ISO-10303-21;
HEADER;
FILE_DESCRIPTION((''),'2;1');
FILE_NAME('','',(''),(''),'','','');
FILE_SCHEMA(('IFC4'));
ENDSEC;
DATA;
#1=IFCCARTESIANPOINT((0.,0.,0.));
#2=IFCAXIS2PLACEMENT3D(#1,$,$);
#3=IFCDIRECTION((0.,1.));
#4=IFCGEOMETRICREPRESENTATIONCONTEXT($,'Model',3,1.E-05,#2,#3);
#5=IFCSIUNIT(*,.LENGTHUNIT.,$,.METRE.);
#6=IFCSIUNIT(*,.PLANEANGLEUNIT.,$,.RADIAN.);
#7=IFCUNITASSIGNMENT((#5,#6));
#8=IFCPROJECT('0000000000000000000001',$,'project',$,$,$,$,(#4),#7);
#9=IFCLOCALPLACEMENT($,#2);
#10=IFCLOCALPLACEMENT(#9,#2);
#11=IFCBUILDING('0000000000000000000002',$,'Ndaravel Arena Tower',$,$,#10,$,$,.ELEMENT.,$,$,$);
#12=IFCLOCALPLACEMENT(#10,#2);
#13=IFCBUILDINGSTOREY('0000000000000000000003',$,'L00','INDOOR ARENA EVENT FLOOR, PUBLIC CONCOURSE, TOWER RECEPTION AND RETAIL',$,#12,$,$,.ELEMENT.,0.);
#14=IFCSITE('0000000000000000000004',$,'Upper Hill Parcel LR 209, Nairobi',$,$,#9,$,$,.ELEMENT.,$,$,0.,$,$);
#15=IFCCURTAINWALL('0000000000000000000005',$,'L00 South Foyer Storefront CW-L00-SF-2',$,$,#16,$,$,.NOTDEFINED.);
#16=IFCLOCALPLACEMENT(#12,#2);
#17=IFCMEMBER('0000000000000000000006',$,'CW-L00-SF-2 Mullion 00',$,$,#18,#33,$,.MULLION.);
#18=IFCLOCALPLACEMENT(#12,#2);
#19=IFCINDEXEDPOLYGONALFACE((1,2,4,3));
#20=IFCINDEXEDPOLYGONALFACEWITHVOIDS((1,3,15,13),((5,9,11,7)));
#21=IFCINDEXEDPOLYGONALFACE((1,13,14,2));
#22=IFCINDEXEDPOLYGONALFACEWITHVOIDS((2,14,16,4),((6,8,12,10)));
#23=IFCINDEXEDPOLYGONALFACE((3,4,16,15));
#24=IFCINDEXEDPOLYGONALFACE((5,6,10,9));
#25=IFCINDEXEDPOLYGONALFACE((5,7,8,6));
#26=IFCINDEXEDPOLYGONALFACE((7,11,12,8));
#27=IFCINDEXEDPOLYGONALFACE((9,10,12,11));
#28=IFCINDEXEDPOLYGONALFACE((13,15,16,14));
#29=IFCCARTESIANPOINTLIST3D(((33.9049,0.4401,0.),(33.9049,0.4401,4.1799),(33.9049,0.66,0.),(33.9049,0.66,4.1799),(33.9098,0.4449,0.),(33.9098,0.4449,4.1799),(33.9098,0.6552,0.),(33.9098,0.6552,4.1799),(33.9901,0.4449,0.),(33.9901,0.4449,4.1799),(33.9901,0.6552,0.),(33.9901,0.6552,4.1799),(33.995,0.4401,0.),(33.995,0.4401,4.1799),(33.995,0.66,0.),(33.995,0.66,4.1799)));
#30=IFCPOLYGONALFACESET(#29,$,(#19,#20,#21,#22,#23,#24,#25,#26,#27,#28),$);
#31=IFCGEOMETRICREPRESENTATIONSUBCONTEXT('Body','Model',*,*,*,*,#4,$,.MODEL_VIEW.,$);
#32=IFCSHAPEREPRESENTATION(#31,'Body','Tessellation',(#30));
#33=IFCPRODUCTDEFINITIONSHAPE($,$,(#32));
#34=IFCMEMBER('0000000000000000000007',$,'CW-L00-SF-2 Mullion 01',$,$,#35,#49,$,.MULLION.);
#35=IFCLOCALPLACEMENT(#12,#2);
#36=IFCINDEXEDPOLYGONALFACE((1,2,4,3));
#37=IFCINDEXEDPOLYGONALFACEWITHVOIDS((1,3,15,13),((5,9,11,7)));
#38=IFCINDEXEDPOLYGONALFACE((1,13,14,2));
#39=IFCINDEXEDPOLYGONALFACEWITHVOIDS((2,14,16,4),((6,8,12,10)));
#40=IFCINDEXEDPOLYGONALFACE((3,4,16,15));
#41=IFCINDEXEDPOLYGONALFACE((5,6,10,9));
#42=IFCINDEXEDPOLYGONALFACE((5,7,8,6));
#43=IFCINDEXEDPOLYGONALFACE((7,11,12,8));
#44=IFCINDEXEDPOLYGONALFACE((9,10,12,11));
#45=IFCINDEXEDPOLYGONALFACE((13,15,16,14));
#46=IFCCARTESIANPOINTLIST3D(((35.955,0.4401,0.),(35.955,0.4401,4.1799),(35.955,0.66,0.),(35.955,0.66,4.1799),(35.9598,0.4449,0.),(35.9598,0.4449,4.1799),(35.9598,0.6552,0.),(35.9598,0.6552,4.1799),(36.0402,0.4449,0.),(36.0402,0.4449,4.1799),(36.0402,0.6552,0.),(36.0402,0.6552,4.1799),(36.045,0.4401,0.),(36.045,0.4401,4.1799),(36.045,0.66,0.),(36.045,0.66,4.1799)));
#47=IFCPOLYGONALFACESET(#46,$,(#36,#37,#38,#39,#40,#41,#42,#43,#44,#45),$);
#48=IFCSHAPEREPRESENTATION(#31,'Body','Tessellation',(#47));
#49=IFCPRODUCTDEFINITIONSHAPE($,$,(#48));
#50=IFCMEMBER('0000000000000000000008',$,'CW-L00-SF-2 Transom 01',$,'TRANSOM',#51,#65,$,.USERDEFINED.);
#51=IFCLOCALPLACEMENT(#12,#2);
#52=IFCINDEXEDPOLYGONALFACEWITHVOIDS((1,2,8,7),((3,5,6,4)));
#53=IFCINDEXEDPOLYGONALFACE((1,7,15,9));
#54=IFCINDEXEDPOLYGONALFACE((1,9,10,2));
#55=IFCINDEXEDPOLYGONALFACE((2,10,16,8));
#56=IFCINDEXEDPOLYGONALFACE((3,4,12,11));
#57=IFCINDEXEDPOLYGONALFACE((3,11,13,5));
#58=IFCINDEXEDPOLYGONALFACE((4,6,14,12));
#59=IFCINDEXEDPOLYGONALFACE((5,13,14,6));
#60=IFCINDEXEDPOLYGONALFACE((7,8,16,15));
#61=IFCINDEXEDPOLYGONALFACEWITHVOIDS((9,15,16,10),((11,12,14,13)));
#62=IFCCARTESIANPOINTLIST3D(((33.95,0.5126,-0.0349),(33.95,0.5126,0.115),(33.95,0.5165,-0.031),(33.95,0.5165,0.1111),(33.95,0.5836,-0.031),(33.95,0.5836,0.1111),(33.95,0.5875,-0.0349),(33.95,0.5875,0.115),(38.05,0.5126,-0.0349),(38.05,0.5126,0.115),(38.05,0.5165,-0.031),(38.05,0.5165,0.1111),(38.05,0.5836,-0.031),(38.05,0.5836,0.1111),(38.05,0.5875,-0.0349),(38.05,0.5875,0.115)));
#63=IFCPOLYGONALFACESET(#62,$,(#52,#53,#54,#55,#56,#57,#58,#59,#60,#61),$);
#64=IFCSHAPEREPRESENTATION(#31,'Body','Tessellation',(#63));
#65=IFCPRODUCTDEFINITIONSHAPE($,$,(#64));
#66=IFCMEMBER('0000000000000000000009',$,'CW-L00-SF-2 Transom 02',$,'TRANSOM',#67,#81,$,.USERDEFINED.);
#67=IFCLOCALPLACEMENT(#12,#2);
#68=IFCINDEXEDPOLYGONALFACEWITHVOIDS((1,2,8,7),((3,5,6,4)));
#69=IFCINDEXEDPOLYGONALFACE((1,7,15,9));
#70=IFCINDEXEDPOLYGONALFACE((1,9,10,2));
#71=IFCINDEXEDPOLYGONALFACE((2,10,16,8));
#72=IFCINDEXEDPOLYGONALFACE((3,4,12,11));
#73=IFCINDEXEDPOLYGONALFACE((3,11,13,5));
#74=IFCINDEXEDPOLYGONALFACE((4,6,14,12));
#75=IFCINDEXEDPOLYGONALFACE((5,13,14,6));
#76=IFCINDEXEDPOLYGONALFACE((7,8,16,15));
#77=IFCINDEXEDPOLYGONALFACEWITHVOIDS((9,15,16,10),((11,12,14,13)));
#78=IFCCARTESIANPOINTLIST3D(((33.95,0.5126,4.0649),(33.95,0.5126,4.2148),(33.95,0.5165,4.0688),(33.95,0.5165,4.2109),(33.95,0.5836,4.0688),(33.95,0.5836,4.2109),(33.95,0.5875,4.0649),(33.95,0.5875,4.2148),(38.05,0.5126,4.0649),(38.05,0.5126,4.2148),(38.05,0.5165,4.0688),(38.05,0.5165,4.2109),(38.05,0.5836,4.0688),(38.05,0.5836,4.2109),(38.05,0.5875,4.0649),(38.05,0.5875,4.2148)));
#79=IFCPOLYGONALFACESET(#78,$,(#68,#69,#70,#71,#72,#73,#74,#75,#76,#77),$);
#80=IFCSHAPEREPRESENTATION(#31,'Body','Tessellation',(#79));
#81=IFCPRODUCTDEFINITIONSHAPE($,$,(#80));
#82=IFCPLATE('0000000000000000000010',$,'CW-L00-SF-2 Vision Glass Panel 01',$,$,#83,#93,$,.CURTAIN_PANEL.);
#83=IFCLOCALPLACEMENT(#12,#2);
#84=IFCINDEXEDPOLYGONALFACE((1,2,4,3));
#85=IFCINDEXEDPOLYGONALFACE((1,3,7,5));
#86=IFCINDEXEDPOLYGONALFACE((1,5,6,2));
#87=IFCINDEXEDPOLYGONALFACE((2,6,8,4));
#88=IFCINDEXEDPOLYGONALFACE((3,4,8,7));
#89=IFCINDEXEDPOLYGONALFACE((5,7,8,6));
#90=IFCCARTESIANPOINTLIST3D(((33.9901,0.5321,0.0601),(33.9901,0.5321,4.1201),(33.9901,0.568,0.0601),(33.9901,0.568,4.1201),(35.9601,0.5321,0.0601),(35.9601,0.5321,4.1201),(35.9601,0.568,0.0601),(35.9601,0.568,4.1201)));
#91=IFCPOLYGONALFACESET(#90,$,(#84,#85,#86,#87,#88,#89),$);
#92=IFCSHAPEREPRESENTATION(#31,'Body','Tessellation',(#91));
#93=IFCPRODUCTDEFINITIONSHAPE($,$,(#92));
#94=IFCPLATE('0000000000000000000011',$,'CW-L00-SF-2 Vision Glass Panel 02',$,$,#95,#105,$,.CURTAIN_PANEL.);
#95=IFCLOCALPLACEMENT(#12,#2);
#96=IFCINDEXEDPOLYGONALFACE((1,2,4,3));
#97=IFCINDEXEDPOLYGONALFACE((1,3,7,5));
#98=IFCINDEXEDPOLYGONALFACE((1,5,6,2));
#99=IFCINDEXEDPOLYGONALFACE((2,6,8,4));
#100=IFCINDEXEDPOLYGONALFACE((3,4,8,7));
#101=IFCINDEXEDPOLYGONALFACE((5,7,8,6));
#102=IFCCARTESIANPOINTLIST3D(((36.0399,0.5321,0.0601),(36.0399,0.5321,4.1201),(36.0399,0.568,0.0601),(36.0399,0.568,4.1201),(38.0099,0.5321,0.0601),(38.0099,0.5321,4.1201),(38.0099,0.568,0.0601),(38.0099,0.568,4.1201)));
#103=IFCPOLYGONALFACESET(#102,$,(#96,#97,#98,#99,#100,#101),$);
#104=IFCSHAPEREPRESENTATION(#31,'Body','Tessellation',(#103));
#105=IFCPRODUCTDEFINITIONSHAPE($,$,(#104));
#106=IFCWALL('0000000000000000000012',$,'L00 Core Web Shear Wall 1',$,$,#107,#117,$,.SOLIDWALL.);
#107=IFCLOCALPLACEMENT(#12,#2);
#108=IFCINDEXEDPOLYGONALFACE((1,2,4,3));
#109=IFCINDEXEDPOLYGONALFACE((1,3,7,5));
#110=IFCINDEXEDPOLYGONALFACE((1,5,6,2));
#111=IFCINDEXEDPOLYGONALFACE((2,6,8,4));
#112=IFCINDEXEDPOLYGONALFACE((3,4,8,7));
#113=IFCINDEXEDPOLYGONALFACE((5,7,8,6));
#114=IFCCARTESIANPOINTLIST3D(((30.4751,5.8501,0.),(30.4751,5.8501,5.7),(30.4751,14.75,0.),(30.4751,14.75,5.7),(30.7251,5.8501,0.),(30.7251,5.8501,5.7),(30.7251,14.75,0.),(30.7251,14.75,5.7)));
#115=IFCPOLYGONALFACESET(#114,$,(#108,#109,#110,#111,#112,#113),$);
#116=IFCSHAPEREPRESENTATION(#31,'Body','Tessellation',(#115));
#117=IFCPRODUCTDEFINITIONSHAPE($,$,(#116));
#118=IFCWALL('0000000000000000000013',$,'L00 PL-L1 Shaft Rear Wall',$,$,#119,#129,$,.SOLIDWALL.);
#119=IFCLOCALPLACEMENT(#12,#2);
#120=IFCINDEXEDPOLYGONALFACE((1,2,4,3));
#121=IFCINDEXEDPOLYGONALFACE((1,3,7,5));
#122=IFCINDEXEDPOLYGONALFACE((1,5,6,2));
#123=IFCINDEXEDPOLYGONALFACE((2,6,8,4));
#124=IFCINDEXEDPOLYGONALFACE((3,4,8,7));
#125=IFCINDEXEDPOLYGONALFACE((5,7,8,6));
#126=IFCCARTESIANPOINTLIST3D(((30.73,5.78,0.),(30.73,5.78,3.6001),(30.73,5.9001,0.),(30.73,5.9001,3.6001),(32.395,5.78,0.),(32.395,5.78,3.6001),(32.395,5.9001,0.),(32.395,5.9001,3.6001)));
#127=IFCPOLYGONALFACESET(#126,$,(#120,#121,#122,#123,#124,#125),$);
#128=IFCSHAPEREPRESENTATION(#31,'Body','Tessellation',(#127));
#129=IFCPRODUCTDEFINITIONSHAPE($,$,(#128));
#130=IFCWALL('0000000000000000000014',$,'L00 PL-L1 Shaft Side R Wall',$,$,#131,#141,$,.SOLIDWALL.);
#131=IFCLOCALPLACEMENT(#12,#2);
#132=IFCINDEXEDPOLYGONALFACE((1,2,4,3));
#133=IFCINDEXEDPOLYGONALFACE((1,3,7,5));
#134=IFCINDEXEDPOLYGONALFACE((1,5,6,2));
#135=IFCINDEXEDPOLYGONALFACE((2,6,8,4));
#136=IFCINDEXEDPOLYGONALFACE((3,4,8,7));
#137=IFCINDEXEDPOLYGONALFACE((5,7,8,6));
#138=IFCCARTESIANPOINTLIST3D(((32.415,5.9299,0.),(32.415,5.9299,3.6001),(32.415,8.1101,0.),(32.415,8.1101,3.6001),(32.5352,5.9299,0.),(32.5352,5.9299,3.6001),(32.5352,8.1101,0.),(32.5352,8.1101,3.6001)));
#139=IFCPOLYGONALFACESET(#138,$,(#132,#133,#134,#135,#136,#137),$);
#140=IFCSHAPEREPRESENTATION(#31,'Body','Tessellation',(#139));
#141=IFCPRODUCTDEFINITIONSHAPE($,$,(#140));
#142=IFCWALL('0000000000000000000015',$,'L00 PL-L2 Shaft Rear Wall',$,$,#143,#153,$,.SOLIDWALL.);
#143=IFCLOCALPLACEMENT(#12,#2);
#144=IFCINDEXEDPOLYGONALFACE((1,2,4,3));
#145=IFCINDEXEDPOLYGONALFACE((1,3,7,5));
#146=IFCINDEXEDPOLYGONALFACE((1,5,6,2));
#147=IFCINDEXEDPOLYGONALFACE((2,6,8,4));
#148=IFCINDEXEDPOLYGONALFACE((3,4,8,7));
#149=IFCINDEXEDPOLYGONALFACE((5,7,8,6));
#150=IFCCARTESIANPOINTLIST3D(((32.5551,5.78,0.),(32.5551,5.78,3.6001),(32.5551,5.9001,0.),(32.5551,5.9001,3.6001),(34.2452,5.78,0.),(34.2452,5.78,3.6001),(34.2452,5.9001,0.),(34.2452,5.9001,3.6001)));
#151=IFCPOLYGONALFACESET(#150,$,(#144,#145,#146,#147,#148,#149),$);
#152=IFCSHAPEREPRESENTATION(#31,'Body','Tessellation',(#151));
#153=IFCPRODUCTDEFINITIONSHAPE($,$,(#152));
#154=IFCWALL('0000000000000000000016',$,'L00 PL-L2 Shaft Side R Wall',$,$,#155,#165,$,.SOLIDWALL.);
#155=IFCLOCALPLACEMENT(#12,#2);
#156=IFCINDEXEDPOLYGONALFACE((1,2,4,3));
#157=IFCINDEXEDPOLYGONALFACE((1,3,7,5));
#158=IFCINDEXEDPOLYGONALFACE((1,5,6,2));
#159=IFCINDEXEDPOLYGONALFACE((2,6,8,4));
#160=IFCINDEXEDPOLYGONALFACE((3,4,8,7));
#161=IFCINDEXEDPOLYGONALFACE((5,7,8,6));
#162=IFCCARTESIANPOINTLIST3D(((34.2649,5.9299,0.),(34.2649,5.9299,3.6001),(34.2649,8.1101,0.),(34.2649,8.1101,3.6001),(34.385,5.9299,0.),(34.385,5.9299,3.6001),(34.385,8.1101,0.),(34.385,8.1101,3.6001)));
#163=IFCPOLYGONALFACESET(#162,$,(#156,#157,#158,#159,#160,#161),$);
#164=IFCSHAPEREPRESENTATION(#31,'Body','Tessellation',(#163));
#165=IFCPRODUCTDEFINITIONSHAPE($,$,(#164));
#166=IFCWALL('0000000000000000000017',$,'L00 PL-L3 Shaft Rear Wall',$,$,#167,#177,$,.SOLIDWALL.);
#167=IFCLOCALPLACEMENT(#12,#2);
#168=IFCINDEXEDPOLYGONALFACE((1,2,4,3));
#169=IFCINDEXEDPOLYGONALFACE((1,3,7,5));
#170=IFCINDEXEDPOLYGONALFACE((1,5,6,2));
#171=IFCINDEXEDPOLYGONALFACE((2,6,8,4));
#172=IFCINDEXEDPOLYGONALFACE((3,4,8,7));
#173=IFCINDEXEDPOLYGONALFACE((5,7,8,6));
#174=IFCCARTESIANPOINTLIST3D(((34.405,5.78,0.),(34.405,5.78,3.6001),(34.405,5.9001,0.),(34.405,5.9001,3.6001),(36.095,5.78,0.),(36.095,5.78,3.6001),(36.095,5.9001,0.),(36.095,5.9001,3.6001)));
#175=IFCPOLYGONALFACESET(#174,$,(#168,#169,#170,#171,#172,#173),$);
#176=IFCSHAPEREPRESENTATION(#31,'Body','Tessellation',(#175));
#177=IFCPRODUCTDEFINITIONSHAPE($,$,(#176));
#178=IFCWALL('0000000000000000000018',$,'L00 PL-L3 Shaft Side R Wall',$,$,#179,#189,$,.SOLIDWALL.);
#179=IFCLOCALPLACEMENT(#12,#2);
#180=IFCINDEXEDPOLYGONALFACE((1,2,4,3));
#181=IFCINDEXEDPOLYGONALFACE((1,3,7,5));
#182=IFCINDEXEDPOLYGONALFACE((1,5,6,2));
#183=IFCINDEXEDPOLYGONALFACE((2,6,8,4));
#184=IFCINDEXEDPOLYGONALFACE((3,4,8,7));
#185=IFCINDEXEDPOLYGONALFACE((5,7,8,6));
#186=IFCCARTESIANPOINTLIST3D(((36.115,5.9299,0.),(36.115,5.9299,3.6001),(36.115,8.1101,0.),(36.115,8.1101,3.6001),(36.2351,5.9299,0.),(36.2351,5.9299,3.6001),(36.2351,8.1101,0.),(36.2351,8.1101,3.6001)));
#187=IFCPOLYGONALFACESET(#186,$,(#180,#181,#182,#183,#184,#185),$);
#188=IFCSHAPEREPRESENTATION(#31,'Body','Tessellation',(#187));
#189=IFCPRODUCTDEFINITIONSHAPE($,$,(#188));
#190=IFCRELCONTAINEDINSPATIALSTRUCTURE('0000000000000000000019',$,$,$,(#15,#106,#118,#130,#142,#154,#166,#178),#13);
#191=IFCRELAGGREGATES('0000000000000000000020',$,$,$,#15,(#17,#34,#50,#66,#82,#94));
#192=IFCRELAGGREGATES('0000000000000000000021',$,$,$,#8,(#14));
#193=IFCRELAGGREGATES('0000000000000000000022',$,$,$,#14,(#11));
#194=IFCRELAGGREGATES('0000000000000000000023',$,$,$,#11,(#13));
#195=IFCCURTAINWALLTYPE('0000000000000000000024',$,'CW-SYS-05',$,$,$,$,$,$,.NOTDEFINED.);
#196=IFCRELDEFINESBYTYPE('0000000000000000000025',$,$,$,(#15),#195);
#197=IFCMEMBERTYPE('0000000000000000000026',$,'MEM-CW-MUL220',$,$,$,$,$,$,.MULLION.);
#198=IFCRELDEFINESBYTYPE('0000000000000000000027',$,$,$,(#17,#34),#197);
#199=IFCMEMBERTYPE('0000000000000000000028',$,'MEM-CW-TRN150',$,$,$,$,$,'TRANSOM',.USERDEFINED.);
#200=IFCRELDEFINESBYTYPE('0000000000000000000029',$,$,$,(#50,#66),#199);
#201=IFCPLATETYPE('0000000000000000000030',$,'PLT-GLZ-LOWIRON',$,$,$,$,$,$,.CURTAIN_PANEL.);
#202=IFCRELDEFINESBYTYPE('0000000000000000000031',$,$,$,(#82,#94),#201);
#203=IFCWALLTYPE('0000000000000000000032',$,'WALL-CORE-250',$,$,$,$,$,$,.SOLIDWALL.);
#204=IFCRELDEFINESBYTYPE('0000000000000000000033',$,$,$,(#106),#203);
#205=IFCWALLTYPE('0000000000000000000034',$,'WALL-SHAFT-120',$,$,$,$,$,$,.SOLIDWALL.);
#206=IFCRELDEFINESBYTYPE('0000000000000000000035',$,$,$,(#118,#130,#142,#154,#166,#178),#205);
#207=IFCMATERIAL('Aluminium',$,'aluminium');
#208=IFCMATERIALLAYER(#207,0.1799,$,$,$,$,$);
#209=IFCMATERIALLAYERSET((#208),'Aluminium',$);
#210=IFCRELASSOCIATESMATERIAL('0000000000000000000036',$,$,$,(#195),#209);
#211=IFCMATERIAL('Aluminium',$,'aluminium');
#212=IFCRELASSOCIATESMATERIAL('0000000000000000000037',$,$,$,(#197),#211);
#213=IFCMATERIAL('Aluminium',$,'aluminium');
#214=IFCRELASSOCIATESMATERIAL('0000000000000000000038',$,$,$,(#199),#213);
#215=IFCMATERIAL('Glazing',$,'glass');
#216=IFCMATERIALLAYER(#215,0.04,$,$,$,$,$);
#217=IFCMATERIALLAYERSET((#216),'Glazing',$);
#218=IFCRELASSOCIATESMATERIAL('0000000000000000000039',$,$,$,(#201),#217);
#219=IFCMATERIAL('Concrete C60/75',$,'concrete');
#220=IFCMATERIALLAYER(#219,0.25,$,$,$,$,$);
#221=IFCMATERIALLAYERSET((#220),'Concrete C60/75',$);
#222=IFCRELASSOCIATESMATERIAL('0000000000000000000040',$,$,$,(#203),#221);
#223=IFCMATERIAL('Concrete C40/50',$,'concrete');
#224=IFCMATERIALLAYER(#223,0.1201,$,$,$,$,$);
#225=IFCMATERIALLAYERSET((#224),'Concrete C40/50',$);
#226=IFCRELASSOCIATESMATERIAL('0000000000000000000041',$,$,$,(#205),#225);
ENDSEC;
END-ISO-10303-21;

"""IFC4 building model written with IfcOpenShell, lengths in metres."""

from ifc_helpers import new_model, si_unit, direction, frame, frame_2d, origin, origin_2d, place, context, subcontext, project, spatial, rectangle, hollow_rectangle, extrude, material, layer, layer_set, material_profile, profile_set, type_object, element, aggregate, save


model = new_model("IFC4")

# Units and contexts
model_context = context("Model", 3, precision=1e-05, world=origin(), true_north=direction((0.0, 1.0)))
body_context = subcontext(model_context, "Body", "Model", "MODEL_VIEW")
ifc_project = project(units=[si_unit("LENGTHUNIT", "METRE"), si_unit("PLANEANGLEUNIT", "RADIAN")], contexts=[model_context])

# Site, building, storey
site_placement = place(None, origin())
site = spatial("IfcSite", under=ifc_project, at=site_placement, Name="Upper Hill Parcel LR 209, Nairobi", CompositionType="ELEMENT", RefElevation=0.0)
building_placement = place(site_placement, origin())
building = spatial("IfcBuilding", under=site, at=building_placement, Name="Ndaravel Arena Tower", CompositionType="ELEMENT")
storey_placement = place(building_placement, origin())
storey = spatial("IfcBuildingStorey", under=building, at=storey_placement, Name="L00", Description="INDOOR ARENA EVENT FLOOR, PUBLIC CONCOURSE, TOWER RECEPTION AND RETAIL", CompositionType="ELEMENT", Elevation=0.0)

# Shared definitions
ifc_material_1 = material(Name="Aluminium", Category="aluminium")
ifc_layer_1 = layer(ifc_material_1, 0.1799)
ifc_layer_set_1 = layer_set([ifc_layer_1], Name="Aluminium")
curtain_wall_type = type_object("IfcCurtainWallType", Name="CW-SYS-05", PredefinedType="NOTDEFINED", material=ifc_layer_set_1)
ifc_material_2 = material(Name="Aluminium", Category="aluminium")
ifc_material_profile_1 = material_profile(ifc_material_2, hollow_rectangle(XDim=0.0901, YDim=0.22, WallThickness=0.0049, at=origin_2d()), Name="CW MULLION 90x220x5")
ifc_profile_set_1 = profile_set([ifc_material_profile_1], Name="Aluminium")
member_type_1 = type_object("IfcMemberType", Name="MEM-CW-MUL220", PredefinedType="MULLION", material=ifc_profile_set_1)

# Curtain wall, members, plates
curtain_wall_1_placement = place(storey_placement, origin())
curtain_wall_1 = element("IfcCurtainWall", 1, at=curtain_wall_1_placement, inside=storey, type_object=curtain_wall_type, Name="L00 South Foyer Storefront CW-L00-SF-2", PredefinedType="NOTDEFINED")
member_1_placement = place(storey_placement, frame((33.95, 0.55, 0.0), z_axis=(0.0, 0.0, 1.0), x_axis=(1.0, 0.0, 0.0)))
member_1 = element("IfcMember", 2, at=member_1_placement, type_object=member_type_1, Name="CW-L00-SF-2 Mullion 00", PredefinedType="MULLION", context=body_context, shape_type="SweptSolid", body=[
    extrude(hollow_rectangle(XDim=0.0901, YDim=0.22, WallThickness=0.0049, at=origin_2d()), origin(), (0.0, 0.0, 1.0), 4.1799),
])
member_2_placement = place(storey_placement, frame((36.0, 0.55, 0.0), z_axis=(0.0, 0.0, 1.0), x_axis=(1.0, 0.0, 0.0)))
member_2 = element("IfcMember", 3, at=member_2_placement, type_object=member_type_1, Name="CW-L00-SF-2 Mullion 01", PredefinedType="MULLION", context=body_context, shape_type="SweptSolid", body=[
    extrude(hollow_rectangle(XDim=0.0901, YDim=0.22, WallThickness=0.0049, at=origin_2d()), origin(), (0.0, 0.0, 1.0), 4.1799),
])
ifc_material_3 = material(Name="Aluminium", Category="aluminium")
ifc_material_profile_2 = material_profile(ifc_material_3, hollow_rectangle(XDim=0.075, YDim=0.1499, WallThickness=0.0039, at=origin_2d()), Name="CW TRANSOM 75x150x4")
ifc_profile_set_2 = profile_set([ifc_material_profile_2], Name="Aluminium")
member_type_2 = type_object("IfcMemberType", Name="MEM-CW-TRN150", ElementType="TRANSOM", PredefinedType="USERDEFINED", material=ifc_profile_set_2)
member_3_placement = place(storey_placement, frame((33.95, 0.55, 0.04), z_axis=(1.0, 0.0, 0.0), x_axis=(0.0, 1.0, 0.0)))
member_3 = element("IfcMember", 4, at=member_3_placement, type_object=member_type_2, Name="CW-L00-SF-2 Transom 01", ObjectType="TRANSOM", PredefinedType="USERDEFINED", context=body_context, shape_type="SweptSolid", body=[
    extrude(hollow_rectangle(XDim=0.075, YDim=0.1499, WallThickness=0.0039, at=origin_2d()), origin(), (0.0, 0.0, 1.0), 4.1001),
])
member_4_placement = place(storey_placement, frame((33.95, 0.55, 4.1399), z_axis=(1.0, 0.0, 0.0), x_axis=(0.0, 1.0, 0.0)))
member_4 = element("IfcMember", 5, at=member_4_placement, type_object=member_type_2, Name="CW-L00-SF-2 Transom 02", ObjectType="TRANSOM", PredefinedType="USERDEFINED", context=body_context, shape_type="SweptSolid", body=[
    extrude(hollow_rectangle(XDim=0.075, YDim=0.1499, WallThickness=0.0039, at=origin_2d()), origin(), (0.0, 0.0, 1.0), 4.1001),
])
ifc_material_4 = material(Name="Glazing", Category="glass")
ifc_layer_2 = layer(ifc_material_4, 0.04)
ifc_layer_set_2 = layer_set([ifc_layer_2], Name="Glazing")
plate_type = type_object("IfcPlateType", Name="PLT-GLZ-LOWIRON", PredefinedType="CURTAIN_PANEL", material=ifc_layer_set_2)
plate_1_placement = place(storey_placement, frame((34.9751, 0.55, 0.0601), z_axis=(0.0, 0.0, 1.0), x_axis=(1.0, 0.0, 0.0)))
plate_1 = element("IfcPlate", 6, at=plate_1_placement, type_object=plate_type, Name="CW-L00-SF-2 Vision Glass Panel 01", PredefinedType="CURTAIN_PANEL", context=body_context, shape_type="SweptSolid", body=[
    extrude(rectangle(XDim=1.97, YDim=0.0359, at=origin_2d()), origin(), (0.0, 0.0, 1.0), 4.0601),
])
plate_2_placement = place(storey_placement, frame((37.0249, 0.55, 0.0601), z_axis=(0.0, 0.0, 1.0), x_axis=(1.0, 0.0, 0.0)))
plate_2 = element("IfcPlate", 7, at=plate_2_placement, type_object=plate_type, Name="CW-L00-SF-2 Vision Glass Panel 02", PredefinedType="CURTAIN_PANEL", context=body_context, shape_type="SweptSolid", body=[
    extrude(rectangle(XDim=1.97, YDim=0.0359, at=origin_2d()), origin(), (0.0, 0.0, 1.0), 4.0601),
])
aggregate(curtain_wall_1, [member_1, member_2, member_3, member_4, plate_1, plate_2])

# Walls
ifc_material_5 = material(Name="Concrete C60/75", Category="concrete")
ifc_layer_3 = layer(ifc_material_5, 0.25)
ifc_layer_set_3 = layer_set([ifc_layer_3], Name="Concrete C60/75")
wall_type_1 = type_object("IfcWallType", Name="WALL-CORE-250", PredefinedType="SOLIDWALL", material=ifc_layer_set_3)
wall_1_placement = place(storey_placement, frame((30.6001, 5.8501, 0.0), z_axis=(0.0, 0.0, 1.0), x_axis=(0.0, 1.0, 0.0)))
element("IfcWall", 8, at=wall_1_placement, inside=storey, type_object=wall_type_1, Name="L00 Core Web Shear Wall 1", PredefinedType="SOLIDWALL", context=body_context, shape_type="SweptSolid", body=[
    extrude(rectangle(XDim=8.8999, YDim=0.25, at=frame_2d((4.45, 0.0))), origin(), (0.0, 0.0, 1.0), 5.7),
])
ifc_material_6 = material(Name="Concrete C40/50", Category="concrete")
ifc_layer_4 = layer(ifc_material_6, 0.1201)
ifc_layer_set_4 = layer_set([ifc_layer_4], Name="Concrete C40/50")
wall_type_2 = type_object("IfcWallType", Name="WALL-SHAFT-120", PredefinedType="SOLIDWALL", material=ifc_layer_set_4)
wall_2_placement = place(storey_placement, frame((30.73, 5.8401, 0.0), z_axis=(0.0, 0.0, 1.0), x_axis=(1.0, 0.0, 0.0)))
element("IfcWall", 9, at=wall_2_placement, inside=storey, type_object=wall_type_2, Name="L00 PL-L1 Shaft Rear Wall", PredefinedType="SOLIDWALL", context=body_context, shape_type="SweptSolid", body=[
    extrude(rectangle(XDim=1.665, YDim=0.1201, at=frame_2d((0.8325, 0.0))), origin(), (0.0, 0.0, 1.0), 3.6001),
])
wall_3_placement = place(storey_placement, frame((32.4751, 5.9299, 0.0), z_axis=(0.0, 0.0, 1.0), x_axis=(0.0, 1.0, 0.0)))
element("IfcWall", 10, at=wall_3_placement, inside=storey, type_object=wall_type_2, Name="L00 PL-L1 Shaft Side R Wall", PredefinedType="SOLIDWALL", context=body_context, shape_type="SweptSolid", body=[
    extrude(rectangle(XDim=2.1802, YDim=0.1201, at=frame_2d((1.0901, 0.0))), origin(), (0.0, 0.0, 1.0), 3.6001),
])
wall_4_placement = place(storey_placement, frame((32.5549, 5.8401, 0.0), z_axis=(0.0, 0.0, 1.0), x_axis=(1.0, 0.0, 0.0)))
element("IfcWall", 11, at=wall_4_placement, inside=storey, type_object=wall_type_2, Name="L00 PL-L2 Shaft Rear Wall", PredefinedType="SOLIDWALL", context=body_context, shape_type="SweptSolid", body=[
    extrude(rectangle(XDim=1.6902, YDim=0.1201, at=frame_2d((0.8452, 0.0))), origin(), (0.0, 0.0, 1.0), 3.6001),
])
wall_5_placement = place(storey_placement, frame((34.325, 5.9299, 0.0), z_axis=(0.0, 0.0, 1.0), x_axis=(0.0, 1.0, 0.0)))
element("IfcWall", 12, at=wall_5_placement, inside=storey, type_object=wall_type_2, Name="L00 PL-L2 Shaft Side R Wall", PredefinedType="SOLIDWALL", context=body_context, shape_type="SweptSolid", body=[
    extrude(rectangle(XDim=2.1802, YDim=0.1201, at=frame_2d((1.0901, 0.0))), origin(), (0.0, 0.0, 1.0), 3.6001),
])
wall_6_placement = place(storey_placement, frame((34.405, 5.8401, 0.0), z_axis=(0.0, 0.0, 1.0), x_axis=(1.0, 0.0, 0.0)))
element("IfcWall", 13, at=wall_6_placement, inside=storey, type_object=wall_type_2, Name="L00 PL-L3 Shaft Rear Wall", PredefinedType="SOLIDWALL", context=body_context, shape_type="SweptSolid", body=[
    extrude(rectangle(XDim=1.6899, YDim=0.1201, at=frame_2d((0.845, 0.0))), origin(), (0.0, 0.0, 1.0), 3.6001),
])
wall_7_placement = place(storey_placement, frame((36.175, 5.9299, 0.0), z_axis=(0.0, 0.0, 1.0), x_axis=(0.0, 1.0, 0.0)))
element("IfcWall", 14, at=wall_7_placement, inside=storey, type_object=wall_type_2, Name="L00 PL-L3 Shaft Side R Wall", PredefinedType="SOLIDWALL", context=body_context, shape_type="SweptSolid", body=[
    extrude(rectangle(XDim=2.1802, YDim=0.1201, at=frame_2d((1.0901, 0.0))), origin(), (0.0, 0.0, 1.0), 3.6001),
])

save(model, "model.ifc")
